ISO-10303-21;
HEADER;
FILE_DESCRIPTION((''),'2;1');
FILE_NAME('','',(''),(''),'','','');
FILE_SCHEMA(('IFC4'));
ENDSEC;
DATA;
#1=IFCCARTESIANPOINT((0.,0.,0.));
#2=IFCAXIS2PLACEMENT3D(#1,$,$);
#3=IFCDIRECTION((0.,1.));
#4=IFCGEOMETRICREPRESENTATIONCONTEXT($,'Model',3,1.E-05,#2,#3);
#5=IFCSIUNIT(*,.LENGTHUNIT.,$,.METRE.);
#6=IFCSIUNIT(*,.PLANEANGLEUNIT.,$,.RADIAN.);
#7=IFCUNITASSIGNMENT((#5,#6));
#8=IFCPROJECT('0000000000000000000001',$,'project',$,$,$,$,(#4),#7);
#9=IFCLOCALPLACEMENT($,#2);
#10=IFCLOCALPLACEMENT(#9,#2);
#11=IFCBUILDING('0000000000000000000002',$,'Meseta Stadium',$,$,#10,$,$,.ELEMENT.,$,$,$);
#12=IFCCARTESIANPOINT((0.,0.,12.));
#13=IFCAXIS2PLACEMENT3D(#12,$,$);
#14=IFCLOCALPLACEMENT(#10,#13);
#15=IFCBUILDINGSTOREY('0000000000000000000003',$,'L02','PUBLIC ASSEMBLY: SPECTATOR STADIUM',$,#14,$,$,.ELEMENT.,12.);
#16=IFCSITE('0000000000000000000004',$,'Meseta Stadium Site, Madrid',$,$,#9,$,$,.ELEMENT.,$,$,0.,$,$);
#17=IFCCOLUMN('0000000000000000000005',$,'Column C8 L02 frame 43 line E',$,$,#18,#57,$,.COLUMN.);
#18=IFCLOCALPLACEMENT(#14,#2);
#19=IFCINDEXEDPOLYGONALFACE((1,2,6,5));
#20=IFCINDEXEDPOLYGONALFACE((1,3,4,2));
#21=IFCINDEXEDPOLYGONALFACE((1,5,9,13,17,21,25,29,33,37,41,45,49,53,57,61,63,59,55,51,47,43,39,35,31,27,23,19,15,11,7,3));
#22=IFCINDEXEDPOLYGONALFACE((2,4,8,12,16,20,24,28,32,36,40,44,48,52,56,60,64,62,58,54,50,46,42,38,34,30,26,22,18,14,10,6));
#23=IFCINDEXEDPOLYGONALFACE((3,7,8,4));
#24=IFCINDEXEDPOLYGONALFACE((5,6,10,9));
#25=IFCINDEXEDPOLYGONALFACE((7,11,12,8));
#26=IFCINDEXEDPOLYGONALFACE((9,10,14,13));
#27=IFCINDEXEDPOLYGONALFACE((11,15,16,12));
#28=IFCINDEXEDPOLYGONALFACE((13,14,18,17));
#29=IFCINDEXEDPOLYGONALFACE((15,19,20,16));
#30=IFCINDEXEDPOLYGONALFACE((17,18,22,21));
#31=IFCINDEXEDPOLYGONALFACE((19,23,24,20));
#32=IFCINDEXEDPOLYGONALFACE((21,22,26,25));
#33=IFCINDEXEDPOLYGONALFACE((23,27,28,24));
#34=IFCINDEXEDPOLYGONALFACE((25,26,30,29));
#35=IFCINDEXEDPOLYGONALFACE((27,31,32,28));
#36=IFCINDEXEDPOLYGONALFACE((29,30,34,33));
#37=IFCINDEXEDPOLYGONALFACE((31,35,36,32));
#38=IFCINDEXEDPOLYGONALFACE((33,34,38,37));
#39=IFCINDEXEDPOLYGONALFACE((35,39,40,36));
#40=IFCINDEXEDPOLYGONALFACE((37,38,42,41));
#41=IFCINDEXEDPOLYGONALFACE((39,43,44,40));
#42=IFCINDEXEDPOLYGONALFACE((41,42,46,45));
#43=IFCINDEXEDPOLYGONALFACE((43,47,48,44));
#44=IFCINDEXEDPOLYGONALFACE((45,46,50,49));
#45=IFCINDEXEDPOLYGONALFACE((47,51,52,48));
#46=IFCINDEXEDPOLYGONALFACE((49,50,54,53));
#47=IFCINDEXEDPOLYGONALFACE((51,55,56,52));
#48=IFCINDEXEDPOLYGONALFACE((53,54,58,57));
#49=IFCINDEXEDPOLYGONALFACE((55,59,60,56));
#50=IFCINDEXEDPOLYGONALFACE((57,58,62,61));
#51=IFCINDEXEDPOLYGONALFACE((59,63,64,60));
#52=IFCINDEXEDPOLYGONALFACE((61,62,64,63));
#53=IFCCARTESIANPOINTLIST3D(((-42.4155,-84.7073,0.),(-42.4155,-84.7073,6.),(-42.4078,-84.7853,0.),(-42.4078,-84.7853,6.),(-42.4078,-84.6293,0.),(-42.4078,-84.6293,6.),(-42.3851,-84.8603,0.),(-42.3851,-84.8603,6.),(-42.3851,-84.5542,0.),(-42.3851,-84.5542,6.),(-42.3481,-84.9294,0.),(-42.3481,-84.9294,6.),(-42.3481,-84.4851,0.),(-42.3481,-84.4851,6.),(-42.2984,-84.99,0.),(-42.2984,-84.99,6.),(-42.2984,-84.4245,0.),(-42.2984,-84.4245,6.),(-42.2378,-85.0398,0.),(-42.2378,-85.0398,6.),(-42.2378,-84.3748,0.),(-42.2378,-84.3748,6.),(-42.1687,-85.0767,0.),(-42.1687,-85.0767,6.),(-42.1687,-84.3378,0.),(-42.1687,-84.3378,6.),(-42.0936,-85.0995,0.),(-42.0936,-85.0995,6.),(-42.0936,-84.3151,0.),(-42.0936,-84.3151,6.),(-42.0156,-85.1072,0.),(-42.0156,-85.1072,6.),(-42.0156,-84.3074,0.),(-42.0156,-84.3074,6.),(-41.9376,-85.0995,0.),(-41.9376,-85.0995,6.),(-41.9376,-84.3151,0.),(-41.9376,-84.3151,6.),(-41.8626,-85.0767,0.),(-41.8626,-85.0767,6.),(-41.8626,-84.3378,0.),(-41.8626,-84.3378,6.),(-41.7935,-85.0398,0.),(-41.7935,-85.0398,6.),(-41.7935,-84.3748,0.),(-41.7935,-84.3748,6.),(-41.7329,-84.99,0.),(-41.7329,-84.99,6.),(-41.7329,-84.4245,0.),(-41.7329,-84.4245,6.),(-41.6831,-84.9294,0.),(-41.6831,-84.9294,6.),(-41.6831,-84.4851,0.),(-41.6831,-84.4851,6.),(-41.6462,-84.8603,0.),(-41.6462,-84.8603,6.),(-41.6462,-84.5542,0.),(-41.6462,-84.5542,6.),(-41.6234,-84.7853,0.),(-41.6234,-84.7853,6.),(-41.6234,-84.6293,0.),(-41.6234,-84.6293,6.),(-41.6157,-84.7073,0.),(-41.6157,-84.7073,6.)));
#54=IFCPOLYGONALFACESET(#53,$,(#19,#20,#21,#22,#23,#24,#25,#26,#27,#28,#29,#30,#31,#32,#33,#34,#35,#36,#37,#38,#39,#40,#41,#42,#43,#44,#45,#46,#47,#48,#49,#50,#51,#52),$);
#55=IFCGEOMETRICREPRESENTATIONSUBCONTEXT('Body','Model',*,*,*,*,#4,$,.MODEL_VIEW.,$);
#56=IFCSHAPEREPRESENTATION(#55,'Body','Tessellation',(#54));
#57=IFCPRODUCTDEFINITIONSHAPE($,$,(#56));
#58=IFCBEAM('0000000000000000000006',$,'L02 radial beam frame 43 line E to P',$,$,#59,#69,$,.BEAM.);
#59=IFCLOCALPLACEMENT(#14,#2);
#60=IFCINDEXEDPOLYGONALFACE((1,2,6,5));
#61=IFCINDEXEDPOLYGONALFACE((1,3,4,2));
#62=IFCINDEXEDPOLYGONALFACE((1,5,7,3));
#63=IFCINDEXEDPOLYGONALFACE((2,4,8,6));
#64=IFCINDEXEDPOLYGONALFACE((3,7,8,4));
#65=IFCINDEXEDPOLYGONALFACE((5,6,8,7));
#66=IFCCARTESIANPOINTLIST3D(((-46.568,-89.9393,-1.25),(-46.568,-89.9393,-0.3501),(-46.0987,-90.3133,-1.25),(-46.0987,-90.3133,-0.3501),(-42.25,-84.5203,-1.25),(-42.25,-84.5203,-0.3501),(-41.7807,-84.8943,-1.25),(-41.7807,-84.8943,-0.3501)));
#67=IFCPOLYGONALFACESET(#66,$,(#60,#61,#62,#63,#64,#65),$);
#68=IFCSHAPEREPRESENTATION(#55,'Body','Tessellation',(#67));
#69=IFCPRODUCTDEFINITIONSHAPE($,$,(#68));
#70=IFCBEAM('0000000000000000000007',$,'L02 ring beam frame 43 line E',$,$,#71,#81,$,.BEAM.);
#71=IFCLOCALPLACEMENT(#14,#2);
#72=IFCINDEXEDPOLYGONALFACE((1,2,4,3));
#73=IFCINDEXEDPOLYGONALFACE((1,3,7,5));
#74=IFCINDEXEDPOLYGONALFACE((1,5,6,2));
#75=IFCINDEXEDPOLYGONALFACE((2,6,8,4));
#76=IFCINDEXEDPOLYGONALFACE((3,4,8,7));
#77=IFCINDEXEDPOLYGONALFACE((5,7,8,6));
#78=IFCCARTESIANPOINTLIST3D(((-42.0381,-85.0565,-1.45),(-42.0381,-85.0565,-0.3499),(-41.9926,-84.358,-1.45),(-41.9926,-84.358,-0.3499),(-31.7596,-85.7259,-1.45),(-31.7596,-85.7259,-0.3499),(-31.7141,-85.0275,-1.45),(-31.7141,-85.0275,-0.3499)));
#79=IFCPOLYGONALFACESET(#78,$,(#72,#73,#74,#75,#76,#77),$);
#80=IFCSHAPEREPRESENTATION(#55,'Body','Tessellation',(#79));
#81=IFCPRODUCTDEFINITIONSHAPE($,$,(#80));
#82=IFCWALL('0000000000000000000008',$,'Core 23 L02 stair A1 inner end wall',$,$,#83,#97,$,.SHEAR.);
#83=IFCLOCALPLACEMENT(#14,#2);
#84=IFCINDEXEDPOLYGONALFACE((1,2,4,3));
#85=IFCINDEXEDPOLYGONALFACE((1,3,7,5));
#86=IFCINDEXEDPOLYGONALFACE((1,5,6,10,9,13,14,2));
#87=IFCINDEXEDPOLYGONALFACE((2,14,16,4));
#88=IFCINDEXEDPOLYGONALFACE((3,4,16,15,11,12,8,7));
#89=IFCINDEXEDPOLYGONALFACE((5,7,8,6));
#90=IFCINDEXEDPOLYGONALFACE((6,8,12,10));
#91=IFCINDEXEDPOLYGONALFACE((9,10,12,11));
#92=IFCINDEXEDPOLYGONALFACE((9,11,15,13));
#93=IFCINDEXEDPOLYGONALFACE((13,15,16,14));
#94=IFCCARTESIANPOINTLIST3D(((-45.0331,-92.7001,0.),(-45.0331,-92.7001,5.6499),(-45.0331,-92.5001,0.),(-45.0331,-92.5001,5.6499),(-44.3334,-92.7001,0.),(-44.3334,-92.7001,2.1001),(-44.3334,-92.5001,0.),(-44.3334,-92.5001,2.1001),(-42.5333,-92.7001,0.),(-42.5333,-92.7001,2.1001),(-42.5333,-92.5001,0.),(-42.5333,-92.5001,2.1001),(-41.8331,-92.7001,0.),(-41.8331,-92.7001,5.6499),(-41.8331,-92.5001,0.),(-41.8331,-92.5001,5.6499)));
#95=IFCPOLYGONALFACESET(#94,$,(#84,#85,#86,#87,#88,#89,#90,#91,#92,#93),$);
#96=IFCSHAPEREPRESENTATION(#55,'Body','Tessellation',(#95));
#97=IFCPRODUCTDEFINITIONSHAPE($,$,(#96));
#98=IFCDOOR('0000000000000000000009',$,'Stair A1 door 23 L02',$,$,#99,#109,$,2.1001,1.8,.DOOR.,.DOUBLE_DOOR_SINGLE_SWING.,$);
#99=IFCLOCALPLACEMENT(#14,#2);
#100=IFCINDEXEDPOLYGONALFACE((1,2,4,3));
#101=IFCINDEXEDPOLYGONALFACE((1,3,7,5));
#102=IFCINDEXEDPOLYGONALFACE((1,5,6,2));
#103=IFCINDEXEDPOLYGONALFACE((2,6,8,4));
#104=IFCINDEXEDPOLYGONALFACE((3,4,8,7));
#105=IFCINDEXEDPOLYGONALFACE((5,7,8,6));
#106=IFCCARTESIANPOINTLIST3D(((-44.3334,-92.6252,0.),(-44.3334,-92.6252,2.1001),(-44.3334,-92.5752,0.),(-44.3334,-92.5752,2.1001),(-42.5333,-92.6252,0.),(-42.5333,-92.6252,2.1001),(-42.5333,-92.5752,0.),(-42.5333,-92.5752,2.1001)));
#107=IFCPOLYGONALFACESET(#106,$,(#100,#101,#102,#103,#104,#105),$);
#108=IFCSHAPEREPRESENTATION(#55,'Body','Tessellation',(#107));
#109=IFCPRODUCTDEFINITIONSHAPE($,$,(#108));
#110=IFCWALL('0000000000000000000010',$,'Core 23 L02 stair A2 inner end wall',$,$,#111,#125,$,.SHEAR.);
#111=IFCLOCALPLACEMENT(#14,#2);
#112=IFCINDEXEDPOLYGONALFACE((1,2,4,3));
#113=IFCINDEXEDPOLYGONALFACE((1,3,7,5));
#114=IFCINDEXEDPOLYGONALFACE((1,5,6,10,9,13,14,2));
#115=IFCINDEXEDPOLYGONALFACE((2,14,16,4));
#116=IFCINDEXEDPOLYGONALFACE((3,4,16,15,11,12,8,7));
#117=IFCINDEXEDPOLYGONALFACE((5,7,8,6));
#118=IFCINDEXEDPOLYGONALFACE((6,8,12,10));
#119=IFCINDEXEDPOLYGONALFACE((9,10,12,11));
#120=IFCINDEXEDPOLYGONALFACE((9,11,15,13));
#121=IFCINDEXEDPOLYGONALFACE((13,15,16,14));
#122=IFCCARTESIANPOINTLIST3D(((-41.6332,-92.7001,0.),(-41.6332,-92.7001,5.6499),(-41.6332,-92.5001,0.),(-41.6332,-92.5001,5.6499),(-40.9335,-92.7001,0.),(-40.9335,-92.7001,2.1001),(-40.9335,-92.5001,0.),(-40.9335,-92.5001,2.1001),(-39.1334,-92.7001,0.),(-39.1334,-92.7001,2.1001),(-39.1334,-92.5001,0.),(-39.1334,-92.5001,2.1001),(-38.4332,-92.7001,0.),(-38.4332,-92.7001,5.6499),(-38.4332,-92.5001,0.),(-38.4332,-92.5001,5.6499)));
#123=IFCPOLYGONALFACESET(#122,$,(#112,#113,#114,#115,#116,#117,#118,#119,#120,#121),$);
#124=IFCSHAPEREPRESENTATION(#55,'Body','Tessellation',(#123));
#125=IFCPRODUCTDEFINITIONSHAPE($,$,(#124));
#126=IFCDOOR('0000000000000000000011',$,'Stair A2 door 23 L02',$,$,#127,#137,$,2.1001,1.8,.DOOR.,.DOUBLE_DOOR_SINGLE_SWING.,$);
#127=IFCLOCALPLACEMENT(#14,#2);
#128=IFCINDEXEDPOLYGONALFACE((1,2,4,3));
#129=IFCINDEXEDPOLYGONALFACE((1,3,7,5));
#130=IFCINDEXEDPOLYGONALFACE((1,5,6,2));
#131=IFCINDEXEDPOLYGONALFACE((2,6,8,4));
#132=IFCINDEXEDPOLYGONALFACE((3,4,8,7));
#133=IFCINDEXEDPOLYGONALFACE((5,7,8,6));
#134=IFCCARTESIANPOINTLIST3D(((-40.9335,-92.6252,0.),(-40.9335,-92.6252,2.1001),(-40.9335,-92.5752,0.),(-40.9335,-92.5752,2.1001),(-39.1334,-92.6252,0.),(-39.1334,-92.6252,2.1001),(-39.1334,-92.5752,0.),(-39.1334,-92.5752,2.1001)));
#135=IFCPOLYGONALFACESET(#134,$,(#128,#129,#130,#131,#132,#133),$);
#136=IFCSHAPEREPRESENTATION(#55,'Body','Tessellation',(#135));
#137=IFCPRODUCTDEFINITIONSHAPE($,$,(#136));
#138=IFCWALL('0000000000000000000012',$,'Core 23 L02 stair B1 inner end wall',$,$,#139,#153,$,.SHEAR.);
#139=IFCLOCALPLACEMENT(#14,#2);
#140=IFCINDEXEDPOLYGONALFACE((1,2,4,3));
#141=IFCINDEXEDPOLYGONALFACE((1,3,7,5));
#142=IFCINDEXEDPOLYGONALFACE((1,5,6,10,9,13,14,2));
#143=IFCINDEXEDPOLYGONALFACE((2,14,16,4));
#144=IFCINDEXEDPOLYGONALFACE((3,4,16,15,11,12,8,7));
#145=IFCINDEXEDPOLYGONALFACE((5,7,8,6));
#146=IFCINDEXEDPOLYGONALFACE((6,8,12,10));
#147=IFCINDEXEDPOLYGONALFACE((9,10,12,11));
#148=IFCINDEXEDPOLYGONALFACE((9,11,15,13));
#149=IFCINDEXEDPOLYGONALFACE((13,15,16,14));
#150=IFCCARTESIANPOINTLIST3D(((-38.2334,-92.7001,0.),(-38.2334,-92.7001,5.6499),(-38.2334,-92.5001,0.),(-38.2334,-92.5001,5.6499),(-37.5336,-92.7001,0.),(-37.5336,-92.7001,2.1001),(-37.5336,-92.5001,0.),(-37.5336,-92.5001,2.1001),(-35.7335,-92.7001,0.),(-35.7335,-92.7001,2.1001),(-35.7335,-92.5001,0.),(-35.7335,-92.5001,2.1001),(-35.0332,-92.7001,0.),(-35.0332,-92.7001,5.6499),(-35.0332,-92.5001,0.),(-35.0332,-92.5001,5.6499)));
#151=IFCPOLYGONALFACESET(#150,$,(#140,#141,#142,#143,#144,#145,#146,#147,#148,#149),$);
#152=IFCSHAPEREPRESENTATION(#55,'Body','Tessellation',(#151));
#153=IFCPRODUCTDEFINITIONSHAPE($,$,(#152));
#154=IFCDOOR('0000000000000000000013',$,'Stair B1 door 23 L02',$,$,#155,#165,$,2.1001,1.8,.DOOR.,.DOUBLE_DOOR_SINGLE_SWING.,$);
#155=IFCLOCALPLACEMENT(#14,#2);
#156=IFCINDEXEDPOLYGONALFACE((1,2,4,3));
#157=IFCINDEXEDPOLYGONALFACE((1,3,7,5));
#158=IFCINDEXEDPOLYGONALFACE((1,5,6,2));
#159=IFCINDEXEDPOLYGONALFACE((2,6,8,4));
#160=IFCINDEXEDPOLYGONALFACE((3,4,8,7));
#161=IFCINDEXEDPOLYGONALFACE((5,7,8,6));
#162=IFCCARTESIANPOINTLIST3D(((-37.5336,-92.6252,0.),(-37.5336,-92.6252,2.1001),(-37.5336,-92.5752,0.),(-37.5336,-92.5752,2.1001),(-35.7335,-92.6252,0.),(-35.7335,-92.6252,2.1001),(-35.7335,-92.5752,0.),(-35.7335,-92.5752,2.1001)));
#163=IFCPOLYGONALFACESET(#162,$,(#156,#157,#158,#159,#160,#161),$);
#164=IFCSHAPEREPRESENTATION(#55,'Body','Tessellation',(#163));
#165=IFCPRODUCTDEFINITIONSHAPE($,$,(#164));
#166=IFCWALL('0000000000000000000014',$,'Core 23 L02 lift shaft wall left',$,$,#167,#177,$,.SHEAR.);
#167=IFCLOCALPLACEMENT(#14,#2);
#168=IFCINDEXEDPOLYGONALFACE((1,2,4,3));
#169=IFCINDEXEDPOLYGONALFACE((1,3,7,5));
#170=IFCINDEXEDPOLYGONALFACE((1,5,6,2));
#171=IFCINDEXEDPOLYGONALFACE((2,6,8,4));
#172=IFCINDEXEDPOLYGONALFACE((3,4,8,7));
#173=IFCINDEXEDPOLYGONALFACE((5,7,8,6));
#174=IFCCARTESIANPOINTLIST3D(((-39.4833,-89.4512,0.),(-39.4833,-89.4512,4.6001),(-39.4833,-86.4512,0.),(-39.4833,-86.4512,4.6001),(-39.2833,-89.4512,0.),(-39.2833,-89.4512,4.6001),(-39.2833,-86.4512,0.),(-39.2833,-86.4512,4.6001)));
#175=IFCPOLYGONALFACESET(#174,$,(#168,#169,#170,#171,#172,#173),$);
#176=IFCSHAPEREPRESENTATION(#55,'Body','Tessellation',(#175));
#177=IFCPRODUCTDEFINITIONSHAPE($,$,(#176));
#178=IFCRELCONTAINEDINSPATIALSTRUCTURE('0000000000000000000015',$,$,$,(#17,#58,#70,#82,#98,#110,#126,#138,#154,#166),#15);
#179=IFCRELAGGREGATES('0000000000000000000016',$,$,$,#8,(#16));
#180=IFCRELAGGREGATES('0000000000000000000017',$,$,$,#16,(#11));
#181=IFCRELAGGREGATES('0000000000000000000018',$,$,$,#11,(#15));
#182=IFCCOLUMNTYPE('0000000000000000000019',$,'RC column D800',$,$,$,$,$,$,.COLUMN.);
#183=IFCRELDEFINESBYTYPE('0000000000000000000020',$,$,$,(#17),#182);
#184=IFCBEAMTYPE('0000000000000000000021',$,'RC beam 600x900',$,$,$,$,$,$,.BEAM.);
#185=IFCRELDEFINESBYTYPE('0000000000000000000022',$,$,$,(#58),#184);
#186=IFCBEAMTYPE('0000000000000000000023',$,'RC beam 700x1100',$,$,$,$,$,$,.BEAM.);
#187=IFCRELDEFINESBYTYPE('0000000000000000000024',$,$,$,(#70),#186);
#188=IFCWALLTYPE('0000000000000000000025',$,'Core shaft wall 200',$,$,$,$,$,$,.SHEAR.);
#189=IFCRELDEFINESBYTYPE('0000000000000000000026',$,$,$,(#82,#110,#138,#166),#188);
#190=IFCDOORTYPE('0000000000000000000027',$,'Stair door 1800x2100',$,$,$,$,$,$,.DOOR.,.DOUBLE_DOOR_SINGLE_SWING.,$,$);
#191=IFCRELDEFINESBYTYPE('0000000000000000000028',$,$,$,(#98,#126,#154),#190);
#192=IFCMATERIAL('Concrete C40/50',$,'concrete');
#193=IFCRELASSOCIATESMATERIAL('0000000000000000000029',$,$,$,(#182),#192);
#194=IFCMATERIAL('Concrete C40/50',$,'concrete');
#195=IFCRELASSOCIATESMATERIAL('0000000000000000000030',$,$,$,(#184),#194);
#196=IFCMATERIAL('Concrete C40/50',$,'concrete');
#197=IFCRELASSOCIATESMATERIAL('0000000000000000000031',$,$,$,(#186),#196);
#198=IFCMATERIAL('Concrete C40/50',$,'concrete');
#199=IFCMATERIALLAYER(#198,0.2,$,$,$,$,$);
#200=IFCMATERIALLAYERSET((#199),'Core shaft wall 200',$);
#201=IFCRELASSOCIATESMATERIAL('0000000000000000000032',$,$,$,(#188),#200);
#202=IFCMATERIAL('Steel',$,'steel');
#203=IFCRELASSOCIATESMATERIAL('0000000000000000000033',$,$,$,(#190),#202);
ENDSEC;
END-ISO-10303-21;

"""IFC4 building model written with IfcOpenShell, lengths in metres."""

from ifc_helpers import new_model, si_unit, direction, frame, frame_2d, origin, origin_2d, place, context, subcontext, project, spatial, rectangle, circle, extrude, material, layer, layer_set, material_profile, profile_set, type_object, element, fill, save


model = new_model("IFC4")

# Units and contexts
model_context = context("Model", 3, precision=1e-05, world=origin(), true_north=direction((0.0, 1.0)))
body_context = subcontext(model_context, "Body", "Model", "MODEL_VIEW")
ifc_project = project(units=[si_unit("LENGTHUNIT", "METRE"), si_unit("PLANEANGLEUNIT", "RADIAN")], contexts=[model_context])

# Site, building, storey
site_placement = place(None, origin())
site = spatial("IfcSite", under=ifc_project, at=site_placement, Name="Meseta Stadium Site, Madrid", CompositionType="ELEMENT", RefElevation=0.0)
building_placement = place(site_placement, origin())
building = spatial("IfcBuilding", under=site, at=building_placement, Name="Meseta Stadium", CompositionType="ELEMENT")
storey_placement = place(building_placement, frame((0.0, 0.0, 12.0)))
storey = spatial("IfcBuildingStorey", under=building, at=storey_placement, Name="L02", Description="PUBLIC ASSEMBLY: SPECTATOR STADIUM", CompositionType="ELEMENT", Elevation=12.0)

# Column
ifc_material_1 = material(Name="Concrete C40/50", Category="concrete")
ifc_material_profile_1 = material_profile(ifc_material_1, circle(Radius=0.3999, at=origin_2d()), Name="RC D800")
ifc_profile_set_1 = profile_set([ifc_material_profile_1], Name="Concrete C40/50")
column_type = type_object("IfcColumnType", Name="RC column D800", PredefinedType="COLUMN", material=ifc_profile_set_1)
column_placement = place(storey_placement, frame((-42.0156, -84.7073, 0.0), z_axis=(0.0, 0.0, 1.0), x_axis=(1.0, 0.0, 0.0)))
element("IfcColumn", 1, at=column_placement, inside=storey, type_object=column_type, Name="Column C8 L02 frame 43 line E", PredefinedType="COLUMN", context=body_context, shape_type="SweptSolid", body=[
    extrude(circle(Radius=0.3999, at=origin_2d()), origin(), (0.0, 0.0, 1.0), 6.0),
])

# Beams
ifc_material_2 = material(Name="Concrete C40/50", Category="concrete")
ifc_material_profile_2 = material_profile(ifc_material_2, rectangle(XDim=0.6001, YDim=0.8999, at=origin_2d()), Name="RC 600x900")
ifc_profile_set_2 = profile_set([ifc_material_profile_2], Name="Concrete C40/50")
beam_type_1 = type_object("IfcBeamType", Name="RC beam 600x900", PredefinedType="BEAM", material=ifc_profile_set_2)
beam_1_placement = place(storey_placement, frame((-42.0154, -84.7073, -0.8), z_axis=(-0.623173, -0.782084, 0.0), x_axis=(0.782084, -0.623173, 0.0)))
element("IfcBeam", 2, at=beam_1_placement, inside=storey, type_object=beam_type_1, Name="L02 radial beam frame 43 line E to P", PredefinedType="BEAM", context=body_context, shape_type="SweptSolid", body=[
    extrude(rectangle(XDim=0.6001, YDim=0.8999, at=origin_2d()), origin(), (0.0, 0.0, 1.0), 6.929),
])
ifc_material_3 = material(Name="Concrete C40/50", Category="concrete")
ifc_material_profile_3 = material_profile(ifc_material_3, rectangle(XDim=0.7, YDim=1.1001, at=origin_2d()), Name="RC 700x1100")
ifc_profile_set_3 = profile_set([ifc_material_profile_3], Name="Concrete C40/50")
beam_type_2 = type_object("IfcBeamType", Name="RC beam 700x1100", PredefinedType="BEAM", material=ifc_profile_set_3)
beam_2_placement = place(storey_placement, frame((-42.0154, -84.7073, -0.8999), z_axis=(0.997886, -0.064991, 0.0), x_axis=(0.064991, 0.997886, 0.0)))
element("IfcBeam", 3, at=beam_2_placement, inside=storey, type_object=beam_type_2, Name="L02 ring beam frame 43 line E", PredefinedType="BEAM", context=body_context, shape_type="SweptSolid", body=[
    extrude(rectangle(XDim=0.7, YDim=1.1001, at=origin_2d()), origin(), (0.0, 0.0, 1.0), 10.3003),
])

# Walls, openings, doors
ifc_material_4 = material(Name="Concrete C40/50", Category="concrete")
ifc_layer_1 = layer(ifc_material_4, 0.2)
ifc_layer_set_1 = layer_set([ifc_layer_1], Name="Core shaft wall 200")
wall_type_1 = type_object("IfcWallType", Name="Core shaft wall 200", PredefinedType="SHEAR", material=ifc_layer_set_1)
wall_1_placement = place(storey_placement, frame((-45.0332, -92.6001, 0.0), z_axis=(0.0, 0.0, 1.0), x_axis=(1.0, 0.0, 0.0)))
wall_1 = element("IfcWall", 4, at=wall_1_placement, inside=storey, type_object=wall_type_1, Name="Core 23 L02 stair A1 inner end wall", PredefinedType="SHEAR", context=body_context, shape_type="SweptSolid", body=[
    extrude(rectangle(XDim=3.2, YDim=0.2, at=frame_2d((1.6001, 0.0))), origin(), (0.0, 0.0, 1.0), 5.6499),
])
opening_1_placement = place(wall_1_placement, frame((0.7, 0.0, 0.0)))
opening_1 = element("IfcOpeningElement", 5, at=opening_1_placement, cuts=wall_1, PredefinedType="OPENING", context=body_context, shape_type="SweptSolid", body=[
    extrude(rectangle(XDim=1.8, YDim=2.1001, at=frame_2d((0.8999, 1.05))), frame((0.0, 0.1099, 0.0), z_axis=(0.0, -1.0, 0.0), x_axis=(1.0, 0.0, 0.0)), (0.0, 0.0, 1.0), 0.22),
])
ifc_material_5 = material(Name="Steel", Category="steel")
door_type_1 = type_object("IfcDoorType", Name="Stair door 1800x2100", OperationType="DOUBLE_DOOR_SINGLE_SWING", PredefinedType="DOOR", material=ifc_material_5)
door_1_placement = place(opening_1_placement, origin())
door_1 = element("IfcDoor", 6, at=door_1_placement, inside=storey, type_object=door_type_1, Name="Stair A1 door 23 L02", OperationType="DOUBLE_DOOR_SINGLE_SWING", OverallHeight=2.1001, OverallWidth=1.8, PredefinedType="DOOR", context=body_context, shape_type="SweptSolid", body=[
    extrude(rectangle(XDim=1.8, YDim=2.1001, at=frame_2d((0.8999, 1.05))), frame((0.0, 0.0249, 0.0), z_axis=(0.0, -1.0, 0.0), x_axis=(1.0, 0.0, 0.0)), (0.0, 0.0, 1.0), 0.05),
])
fill(opening_1, door_1)
wall_2_placement = place(storey_placement, frame((-41.6333, -92.6001, 0.0), z_axis=(0.0, 0.0, 1.0), x_axis=(1.0, 0.0, 0.0)))
wall_2 = element("IfcWall", 7, at=wall_2_placement, inside=storey, type_object=wall_type_1, Name="Core 23 L02 stair A2 inner end wall", PredefinedType="SHEAR", context=body_context, shape_type="SweptSolid", body=[
    extrude(rectangle(XDim=3.2, YDim=0.2, at=frame_2d((1.6001, 0.0))), origin(), (0.0, 0.0, 1.0), 5.6499),
])
opening_2_placement = place(wall_2_placement, frame((0.7, 0.0, 0.0)))
opening_2 = element("IfcOpeningElement", 8, at=opening_2_placement, cuts=wall_2, PredefinedType="OPENING", context=body_context, shape_type="SweptSolid", body=[
    extrude(rectangle(XDim=1.8, YDim=2.1001, at=frame_2d((0.8999, 1.05))), frame((0.0, 0.1099, 0.0), z_axis=(0.0, -1.0, 0.0), x_axis=(1.0, 0.0, 0.0)), (0.0, 0.0, 1.0), 0.22),
])
door_2_placement = place(opening_2_placement, origin())
door_2 = element("IfcDoor", 9, at=door_2_placement, inside=storey, type_object=door_type_1, Name="Stair A2 door 23 L02", OperationType="DOUBLE_DOOR_SINGLE_SWING", OverallHeight=2.1001, OverallWidth=1.8, PredefinedType="DOOR", context=body_context, shape_type="SweptSolid", body=[
    extrude(rectangle(XDim=1.8, YDim=2.1001, at=frame_2d((0.8999, 1.05))), frame((0.0, 0.0249, 0.0), z_axis=(0.0, -1.0, 0.0), x_axis=(1.0, 0.0, 0.0)), (0.0, 0.0, 1.0), 0.05),
])
fill(opening_2, door_2)
wall_3_placement = place(storey_placement, frame((-38.2334, -92.6001, 0.0), z_axis=(0.0, 0.0, 1.0), x_axis=(1.0, 0.0, 0.0)))
wall_3 = element("IfcWall", 10, at=wall_3_placement, inside=storey, type_object=wall_type_1, Name="Core 23 L02 stair B1 inner end wall", PredefinedType="SHEAR", context=body_context, shape_type="SweptSolid", body=[
    extrude(rectangle(XDim=3.2002, YDim=0.2, at=frame_2d((1.6001, 0.0))), origin(), (0.0, 0.0, 1.0), 5.6499),
])
opening_3_placement = place(wall_3_placement, frame((0.7, 0.0, 0.0)))
opening_3 = element("IfcOpeningElement", 11, at=opening_3_placement, cuts=wall_3, PredefinedType="OPENING", context=body_context, shape_type="SweptSolid", body=[
    extrude(rectangle(XDim=1.8, YDim=2.1001, at=frame_2d((0.8999, 1.05))), frame((0.0, 0.1099, 0.0), z_axis=(0.0, -1.0, 0.0), x_axis=(1.0, 0.0, 0.0)), (0.0, 0.0, 1.0), 0.22),
])
door_3_placement = place(opening_3_placement, origin())
door_3 = element("IfcDoor", 12, at=door_3_placement, inside=storey, type_object=door_type_1, Name="Stair B1 door 23 L02", OperationType="DOUBLE_DOOR_SINGLE_SWING", OverallHeight=2.1001, OverallWidth=1.8, PredefinedType="DOOR", context=body_context, shape_type="SweptSolid", body=[
    extrude(rectangle(XDim=1.8, YDim=2.1001, at=frame_2d((0.8999, 1.05))), frame((0.0, 0.0249, 0.0), z_axis=(0.0, -1.0, 0.0), x_axis=(1.0, 0.0, 0.0)), (0.0, 0.0, 1.0), 0.05),
])
fill(opening_3, door_3)

# Wall
for number, where, z_axis, x_axis, name in (
    (13, (-39.3833, -89.4512, 0.0), (0.0, 0.0, 1.0), (0.0, 1.0, 0.0), "Core 23 L02 lift shaft wall left"),
):
    element("IfcWall", number, at=place(storey_placement, frame(where, z_axis=z_axis, x_axis=x_axis)), inside=storey, type_object=wall_type_1, Name=name, PredefinedType="SHEAR", context=body_context, shape_type="SweptSolid", body=[
        extrude(rectangle(XDim=3.0, YDim=0.2, at=frame_2d((1.5, 0.0))), origin(), (0.0, 0.0, 1.0), 4.6001),
    ])

save(model, "model.ifc")
